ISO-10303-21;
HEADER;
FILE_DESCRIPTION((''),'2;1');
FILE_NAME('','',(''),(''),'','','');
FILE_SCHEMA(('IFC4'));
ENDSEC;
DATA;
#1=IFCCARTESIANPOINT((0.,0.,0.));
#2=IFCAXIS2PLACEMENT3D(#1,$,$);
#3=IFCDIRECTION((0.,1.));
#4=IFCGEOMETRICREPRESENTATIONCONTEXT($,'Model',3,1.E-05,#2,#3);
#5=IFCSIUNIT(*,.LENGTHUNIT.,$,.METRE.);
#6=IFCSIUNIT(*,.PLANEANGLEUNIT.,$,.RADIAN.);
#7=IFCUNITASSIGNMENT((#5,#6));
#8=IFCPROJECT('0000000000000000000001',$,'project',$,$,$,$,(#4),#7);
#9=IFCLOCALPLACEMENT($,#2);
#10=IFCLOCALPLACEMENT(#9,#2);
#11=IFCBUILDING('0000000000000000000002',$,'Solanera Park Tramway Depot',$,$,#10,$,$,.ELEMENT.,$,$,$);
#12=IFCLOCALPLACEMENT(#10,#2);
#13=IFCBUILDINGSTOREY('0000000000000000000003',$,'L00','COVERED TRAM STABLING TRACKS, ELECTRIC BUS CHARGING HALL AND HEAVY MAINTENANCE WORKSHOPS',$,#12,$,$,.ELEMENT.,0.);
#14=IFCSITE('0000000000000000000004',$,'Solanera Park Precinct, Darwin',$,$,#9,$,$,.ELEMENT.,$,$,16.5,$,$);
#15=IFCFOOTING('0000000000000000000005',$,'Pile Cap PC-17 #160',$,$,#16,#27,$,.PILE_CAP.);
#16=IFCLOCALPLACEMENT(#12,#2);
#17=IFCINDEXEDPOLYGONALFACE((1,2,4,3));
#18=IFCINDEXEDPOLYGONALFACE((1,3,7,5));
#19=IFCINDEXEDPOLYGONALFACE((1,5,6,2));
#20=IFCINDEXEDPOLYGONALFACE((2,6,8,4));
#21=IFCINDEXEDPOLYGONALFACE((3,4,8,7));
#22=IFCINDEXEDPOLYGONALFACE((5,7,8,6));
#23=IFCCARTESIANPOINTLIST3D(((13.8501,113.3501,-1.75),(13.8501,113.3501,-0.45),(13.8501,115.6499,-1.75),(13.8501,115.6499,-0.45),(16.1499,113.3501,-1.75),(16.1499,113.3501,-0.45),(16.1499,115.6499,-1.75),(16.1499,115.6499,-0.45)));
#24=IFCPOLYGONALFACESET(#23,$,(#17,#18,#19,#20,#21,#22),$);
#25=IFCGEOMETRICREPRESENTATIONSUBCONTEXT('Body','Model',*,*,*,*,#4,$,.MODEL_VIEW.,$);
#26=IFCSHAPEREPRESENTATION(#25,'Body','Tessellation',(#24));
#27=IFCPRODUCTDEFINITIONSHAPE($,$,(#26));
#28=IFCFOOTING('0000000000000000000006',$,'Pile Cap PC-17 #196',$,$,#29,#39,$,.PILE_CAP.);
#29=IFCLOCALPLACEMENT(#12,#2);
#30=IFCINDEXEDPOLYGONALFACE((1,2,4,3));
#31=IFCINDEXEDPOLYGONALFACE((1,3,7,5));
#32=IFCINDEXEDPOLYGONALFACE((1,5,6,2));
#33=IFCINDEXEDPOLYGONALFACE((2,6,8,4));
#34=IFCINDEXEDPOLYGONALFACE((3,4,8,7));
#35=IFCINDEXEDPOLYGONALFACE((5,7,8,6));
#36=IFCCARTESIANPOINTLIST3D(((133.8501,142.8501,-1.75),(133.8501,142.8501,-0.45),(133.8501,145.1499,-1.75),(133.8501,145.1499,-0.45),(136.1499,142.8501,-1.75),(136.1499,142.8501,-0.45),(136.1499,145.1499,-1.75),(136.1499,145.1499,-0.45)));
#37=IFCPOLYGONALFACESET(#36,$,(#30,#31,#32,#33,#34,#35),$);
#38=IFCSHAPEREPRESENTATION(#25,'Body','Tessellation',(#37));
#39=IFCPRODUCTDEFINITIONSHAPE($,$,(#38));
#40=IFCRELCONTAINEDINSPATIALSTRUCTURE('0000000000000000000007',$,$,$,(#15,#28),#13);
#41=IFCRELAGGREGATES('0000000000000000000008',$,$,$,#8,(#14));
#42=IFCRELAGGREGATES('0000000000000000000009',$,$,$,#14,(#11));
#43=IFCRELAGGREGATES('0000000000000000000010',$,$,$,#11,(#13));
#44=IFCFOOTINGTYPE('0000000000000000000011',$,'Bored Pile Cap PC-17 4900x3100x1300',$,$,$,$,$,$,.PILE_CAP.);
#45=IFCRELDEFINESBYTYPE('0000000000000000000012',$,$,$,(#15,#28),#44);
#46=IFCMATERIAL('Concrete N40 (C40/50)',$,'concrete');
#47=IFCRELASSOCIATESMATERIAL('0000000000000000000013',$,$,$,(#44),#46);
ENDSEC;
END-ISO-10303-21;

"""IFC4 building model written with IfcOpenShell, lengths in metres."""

from ifc_helpers import new_model, si_unit, direction, frame, origin, place, context, subcontext, project, spatial, polyline, outline, extrude, material, type_object, element, save


model = new_model("IFC4")

# Units and contexts
model_context = context("Model", 3, precision=1e-05, world=origin(), true_north=direction((0.0, 1.0)))
body_context = subcontext(model_context, "Body", "Model", "MODEL_VIEW")
ifc_project = project(units=[si_unit("LENGTHUNIT", "METRE"), si_unit("PLANEANGLEUNIT", "RADIAN")], contexts=[model_context])

# Site, building, storey
site_placement = place(None, origin())
site = spatial("IfcSite", under=ifc_project, at=site_placement, Name="Solanera Park Precinct, Darwin", CompositionType="ELEMENT", RefElevation=16.5)
building_placement = place(site_placement, origin())
building = spatial("IfcBuilding", under=site, at=building_placement, Name="Solanera Park Tramway Depot", CompositionType="ELEMENT")
storey_placement = place(building_placement, origin())
storey = spatial("IfcBuildingStorey", under=building, at=storey_placement, Name="L00", Description="COVERED TRAM STABLING TRACKS, ELECTRIC BUS CHARGING HALL AND HEAVY MAINTENANCE WORKSHOPS", CompositionType="ELEMENT", Elevation=0.0)

# Footings
ifc_material_1 = material(Name="Concrete N40 (C40/50)", Category="concrete")
footing_type_1 = type_object("IfcFootingType", Name="Bored Pile Cap PC-17 4900x3100x1300", PredefinedType="PILE_CAP", material=ifc_material_1)
footing_1_placement = place(storey_placement, frame((0.0, 0.0, -1.75)))
element("IfcFooting", 1, at=footing_1_placement, inside=storey, type_object=footing_type_1, Name="Pile Cap PC-17 #160", PredefinedType="PILE_CAP", context=body_context, shape_type="SweptSolid", body=[
    extrude(outline(polyline([(16.1499, 113.3501), (16.1499, 115.6499), (13.8501, 115.6499), (13.8501, 113.3501), (16.1499, 113.3501)])), origin(), (0.0, 0.0, 1.0), 1.3),
])
footing_2_placement = place(storey_placement, frame((0.0, 0.0, -1.75)))
element("IfcFooting", 2, at=footing_2_placement, inside=storey, type_object=footing_type_1, Name="Pile Cap PC-17 #196", PredefinedType="PILE_CAP", context=body_context, shape_type="SweptSolid", body=[
    extrude(outline(polyline([(136.1499, 142.8501), (136.1499, 145.1499), (133.8501, 145.1499), (133.8501, 142.8501), (136.1499, 142.8501)])), origin(), (0.0, 0.0, 1.0), 1.3),
])

save(model, "model.ifc")
